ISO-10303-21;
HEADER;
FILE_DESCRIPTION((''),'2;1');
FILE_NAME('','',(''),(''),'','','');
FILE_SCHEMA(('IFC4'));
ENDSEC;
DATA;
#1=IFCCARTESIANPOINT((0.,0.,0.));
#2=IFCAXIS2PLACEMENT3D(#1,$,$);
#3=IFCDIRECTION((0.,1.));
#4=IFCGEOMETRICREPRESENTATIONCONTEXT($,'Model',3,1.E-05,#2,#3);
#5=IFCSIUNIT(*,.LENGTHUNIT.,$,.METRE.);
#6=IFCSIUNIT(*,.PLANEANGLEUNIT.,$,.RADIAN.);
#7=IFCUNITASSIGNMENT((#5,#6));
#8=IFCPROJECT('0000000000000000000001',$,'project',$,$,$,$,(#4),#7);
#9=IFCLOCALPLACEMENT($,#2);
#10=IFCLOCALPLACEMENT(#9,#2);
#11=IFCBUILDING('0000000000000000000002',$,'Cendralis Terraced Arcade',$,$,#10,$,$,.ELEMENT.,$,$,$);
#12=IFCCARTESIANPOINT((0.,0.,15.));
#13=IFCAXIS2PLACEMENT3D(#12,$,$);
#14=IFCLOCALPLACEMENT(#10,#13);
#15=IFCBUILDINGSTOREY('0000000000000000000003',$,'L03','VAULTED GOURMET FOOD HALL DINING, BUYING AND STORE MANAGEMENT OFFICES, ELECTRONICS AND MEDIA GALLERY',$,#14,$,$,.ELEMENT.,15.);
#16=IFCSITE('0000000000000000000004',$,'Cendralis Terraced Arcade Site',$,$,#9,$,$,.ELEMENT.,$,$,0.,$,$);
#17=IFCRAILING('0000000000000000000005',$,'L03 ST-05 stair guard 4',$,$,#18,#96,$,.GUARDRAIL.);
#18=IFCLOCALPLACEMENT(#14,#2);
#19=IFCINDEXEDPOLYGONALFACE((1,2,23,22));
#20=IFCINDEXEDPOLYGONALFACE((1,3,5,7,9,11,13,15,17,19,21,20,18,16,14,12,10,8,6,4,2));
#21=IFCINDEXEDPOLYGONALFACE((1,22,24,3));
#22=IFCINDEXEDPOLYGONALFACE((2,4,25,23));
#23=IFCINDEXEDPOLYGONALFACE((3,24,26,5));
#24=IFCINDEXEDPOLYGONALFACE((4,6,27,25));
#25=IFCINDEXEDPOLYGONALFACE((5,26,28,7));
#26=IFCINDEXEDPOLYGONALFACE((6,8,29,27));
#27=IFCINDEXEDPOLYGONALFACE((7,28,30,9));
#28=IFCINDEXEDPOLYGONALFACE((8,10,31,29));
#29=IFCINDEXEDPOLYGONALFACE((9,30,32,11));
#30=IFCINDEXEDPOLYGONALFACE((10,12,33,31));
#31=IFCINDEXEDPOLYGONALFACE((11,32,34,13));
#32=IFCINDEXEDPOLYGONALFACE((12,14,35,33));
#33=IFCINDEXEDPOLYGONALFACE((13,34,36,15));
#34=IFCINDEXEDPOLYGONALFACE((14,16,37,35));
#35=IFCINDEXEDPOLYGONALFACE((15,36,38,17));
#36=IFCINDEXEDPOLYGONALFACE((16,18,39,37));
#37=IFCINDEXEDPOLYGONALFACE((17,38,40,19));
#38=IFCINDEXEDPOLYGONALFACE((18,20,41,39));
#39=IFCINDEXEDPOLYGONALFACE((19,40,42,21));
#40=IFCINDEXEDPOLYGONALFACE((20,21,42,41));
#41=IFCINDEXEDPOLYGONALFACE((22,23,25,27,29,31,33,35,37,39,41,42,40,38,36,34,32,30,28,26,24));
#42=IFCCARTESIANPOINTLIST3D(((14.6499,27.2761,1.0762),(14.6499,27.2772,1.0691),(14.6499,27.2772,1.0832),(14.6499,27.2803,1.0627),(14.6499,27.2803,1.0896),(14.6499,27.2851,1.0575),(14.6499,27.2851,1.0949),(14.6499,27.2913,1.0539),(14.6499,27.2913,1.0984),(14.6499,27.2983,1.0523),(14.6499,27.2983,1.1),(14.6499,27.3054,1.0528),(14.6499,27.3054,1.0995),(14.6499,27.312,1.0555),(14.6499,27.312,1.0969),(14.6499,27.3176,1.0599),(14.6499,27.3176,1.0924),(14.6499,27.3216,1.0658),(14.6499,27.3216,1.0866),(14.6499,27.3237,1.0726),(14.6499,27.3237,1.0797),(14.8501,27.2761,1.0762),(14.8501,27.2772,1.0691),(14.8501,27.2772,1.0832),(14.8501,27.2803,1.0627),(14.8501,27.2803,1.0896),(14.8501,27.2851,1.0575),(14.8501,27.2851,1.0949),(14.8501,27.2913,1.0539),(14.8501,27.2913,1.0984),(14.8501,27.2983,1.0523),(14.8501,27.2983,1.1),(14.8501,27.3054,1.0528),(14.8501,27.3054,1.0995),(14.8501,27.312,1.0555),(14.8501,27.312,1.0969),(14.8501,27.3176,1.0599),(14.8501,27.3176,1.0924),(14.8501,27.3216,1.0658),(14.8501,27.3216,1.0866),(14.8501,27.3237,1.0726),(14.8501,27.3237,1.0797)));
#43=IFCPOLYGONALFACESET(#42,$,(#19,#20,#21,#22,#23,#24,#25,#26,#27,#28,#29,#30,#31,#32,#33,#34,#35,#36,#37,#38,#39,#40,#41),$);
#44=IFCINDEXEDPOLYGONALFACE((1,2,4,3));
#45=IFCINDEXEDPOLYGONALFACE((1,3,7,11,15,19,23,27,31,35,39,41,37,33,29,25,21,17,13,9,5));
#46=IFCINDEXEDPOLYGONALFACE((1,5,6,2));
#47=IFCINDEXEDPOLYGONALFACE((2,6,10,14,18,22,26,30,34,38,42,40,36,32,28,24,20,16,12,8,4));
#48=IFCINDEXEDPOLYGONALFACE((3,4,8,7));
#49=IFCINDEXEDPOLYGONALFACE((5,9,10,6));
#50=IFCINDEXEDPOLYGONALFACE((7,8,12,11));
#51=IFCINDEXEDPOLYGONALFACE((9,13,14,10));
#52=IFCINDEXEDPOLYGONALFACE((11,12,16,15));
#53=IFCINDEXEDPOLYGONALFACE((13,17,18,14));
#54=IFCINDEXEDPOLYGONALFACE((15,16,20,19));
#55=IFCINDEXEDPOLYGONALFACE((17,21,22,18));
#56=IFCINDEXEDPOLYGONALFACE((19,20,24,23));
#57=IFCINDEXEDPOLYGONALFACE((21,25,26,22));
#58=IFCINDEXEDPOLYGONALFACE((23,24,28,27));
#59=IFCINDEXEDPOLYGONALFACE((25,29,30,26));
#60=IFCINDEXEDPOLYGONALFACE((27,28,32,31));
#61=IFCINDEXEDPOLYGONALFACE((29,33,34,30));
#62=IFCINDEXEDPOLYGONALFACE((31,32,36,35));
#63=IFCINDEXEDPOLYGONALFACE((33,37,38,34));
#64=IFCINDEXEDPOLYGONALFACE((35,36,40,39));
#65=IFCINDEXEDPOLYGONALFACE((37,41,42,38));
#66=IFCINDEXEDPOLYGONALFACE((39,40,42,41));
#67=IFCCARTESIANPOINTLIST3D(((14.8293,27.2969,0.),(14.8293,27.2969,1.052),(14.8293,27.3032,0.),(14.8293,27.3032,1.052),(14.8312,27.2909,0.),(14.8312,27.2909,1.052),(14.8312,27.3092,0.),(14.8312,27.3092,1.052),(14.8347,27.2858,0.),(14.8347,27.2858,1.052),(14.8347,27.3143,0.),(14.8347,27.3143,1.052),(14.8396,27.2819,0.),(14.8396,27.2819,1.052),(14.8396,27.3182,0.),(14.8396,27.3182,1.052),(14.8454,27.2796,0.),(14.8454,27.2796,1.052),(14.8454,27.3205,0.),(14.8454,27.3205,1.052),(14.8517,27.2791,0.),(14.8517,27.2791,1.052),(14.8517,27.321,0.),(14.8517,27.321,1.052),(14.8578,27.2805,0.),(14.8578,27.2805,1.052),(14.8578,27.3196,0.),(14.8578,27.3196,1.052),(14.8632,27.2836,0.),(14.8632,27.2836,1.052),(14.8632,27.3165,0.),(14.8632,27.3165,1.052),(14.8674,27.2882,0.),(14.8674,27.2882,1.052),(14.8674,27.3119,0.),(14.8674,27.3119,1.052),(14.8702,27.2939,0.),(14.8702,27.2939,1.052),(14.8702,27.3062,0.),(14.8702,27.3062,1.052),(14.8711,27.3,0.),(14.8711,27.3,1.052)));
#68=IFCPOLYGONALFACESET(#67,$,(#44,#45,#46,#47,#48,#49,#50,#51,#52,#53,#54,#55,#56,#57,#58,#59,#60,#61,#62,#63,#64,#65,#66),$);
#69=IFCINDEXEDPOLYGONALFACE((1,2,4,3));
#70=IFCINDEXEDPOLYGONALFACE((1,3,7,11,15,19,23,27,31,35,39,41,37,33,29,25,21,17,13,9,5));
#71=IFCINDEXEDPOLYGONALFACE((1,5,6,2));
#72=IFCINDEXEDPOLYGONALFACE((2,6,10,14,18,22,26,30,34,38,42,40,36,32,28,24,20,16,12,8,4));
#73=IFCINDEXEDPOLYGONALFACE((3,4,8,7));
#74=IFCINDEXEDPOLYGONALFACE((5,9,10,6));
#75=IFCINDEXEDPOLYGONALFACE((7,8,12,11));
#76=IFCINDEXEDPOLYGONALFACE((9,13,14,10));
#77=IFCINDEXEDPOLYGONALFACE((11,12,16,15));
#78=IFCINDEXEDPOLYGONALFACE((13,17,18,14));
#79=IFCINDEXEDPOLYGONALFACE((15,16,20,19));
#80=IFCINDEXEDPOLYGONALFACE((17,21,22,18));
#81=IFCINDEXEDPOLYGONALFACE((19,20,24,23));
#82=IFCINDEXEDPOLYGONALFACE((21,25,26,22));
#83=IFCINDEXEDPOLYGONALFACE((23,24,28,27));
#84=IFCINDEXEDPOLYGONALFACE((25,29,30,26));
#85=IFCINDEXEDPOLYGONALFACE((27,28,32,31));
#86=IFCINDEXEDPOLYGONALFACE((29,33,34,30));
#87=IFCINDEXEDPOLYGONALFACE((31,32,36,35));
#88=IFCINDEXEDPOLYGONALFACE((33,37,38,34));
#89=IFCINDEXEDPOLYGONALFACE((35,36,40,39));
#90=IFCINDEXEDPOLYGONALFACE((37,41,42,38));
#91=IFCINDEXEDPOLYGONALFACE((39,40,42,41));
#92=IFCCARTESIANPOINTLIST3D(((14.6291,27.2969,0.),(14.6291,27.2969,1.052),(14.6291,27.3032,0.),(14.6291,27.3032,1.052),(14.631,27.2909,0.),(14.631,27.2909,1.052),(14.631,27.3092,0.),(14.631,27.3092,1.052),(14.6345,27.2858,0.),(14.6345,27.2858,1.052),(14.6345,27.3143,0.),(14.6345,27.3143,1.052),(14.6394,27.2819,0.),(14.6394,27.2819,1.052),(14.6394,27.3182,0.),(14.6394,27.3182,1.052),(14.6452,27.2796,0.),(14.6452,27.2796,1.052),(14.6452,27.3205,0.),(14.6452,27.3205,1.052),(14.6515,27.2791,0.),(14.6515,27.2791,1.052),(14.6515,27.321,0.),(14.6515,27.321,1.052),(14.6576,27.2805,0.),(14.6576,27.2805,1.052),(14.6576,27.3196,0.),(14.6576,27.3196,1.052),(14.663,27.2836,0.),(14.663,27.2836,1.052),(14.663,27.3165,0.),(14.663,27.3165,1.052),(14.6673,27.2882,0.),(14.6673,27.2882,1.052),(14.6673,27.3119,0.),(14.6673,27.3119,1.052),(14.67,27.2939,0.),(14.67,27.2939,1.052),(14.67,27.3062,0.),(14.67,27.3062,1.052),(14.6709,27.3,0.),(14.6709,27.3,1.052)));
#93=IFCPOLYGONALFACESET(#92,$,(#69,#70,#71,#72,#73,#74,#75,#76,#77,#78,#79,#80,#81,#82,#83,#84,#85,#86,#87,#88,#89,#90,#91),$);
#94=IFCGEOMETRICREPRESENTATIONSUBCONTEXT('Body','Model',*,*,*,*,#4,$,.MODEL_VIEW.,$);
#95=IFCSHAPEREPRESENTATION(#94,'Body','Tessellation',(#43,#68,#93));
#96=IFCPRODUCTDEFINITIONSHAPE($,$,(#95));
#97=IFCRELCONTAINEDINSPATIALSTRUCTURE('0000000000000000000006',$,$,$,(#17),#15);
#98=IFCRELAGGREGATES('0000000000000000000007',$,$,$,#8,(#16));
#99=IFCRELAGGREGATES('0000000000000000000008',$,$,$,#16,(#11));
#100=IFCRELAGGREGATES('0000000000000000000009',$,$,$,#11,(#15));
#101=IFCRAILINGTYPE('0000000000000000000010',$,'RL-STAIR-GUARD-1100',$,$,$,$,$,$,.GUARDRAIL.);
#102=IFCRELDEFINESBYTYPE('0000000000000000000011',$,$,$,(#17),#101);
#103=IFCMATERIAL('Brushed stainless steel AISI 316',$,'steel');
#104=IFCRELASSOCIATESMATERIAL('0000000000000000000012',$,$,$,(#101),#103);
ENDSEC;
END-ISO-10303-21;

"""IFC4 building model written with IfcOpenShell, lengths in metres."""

from ifc_helpers import new_model, si_unit, direction, frame, origin, origin_2d, place, context, subcontext, project, spatial, circle, extrude, material, type_object, element, save


model = new_model("IFC4")

# Units and contexts
model_context = context("Model", 3, precision=1e-05, world=origin(), true_north=direction((0.0, 1.0)))
body_context = subcontext(model_context, "Body", "Model", "MODEL_VIEW")
ifc_project = project(units=[si_unit("LENGTHUNIT", "METRE"), si_unit("PLANEANGLEUNIT", "RADIAN")], contexts=[model_context])

# Site, building, storey
site_placement = place(None, origin())
site = spatial("IfcSite", under=ifc_project, at=site_placement, Name="Cendralis Terraced Arcade Site", CompositionType="ELEMENT", RefElevation=0.0)
building_placement = place(site_placement, origin())
building = spatial("IfcBuilding", under=site, at=building_placement, Name="Cendralis Terraced Arcade", CompositionType="ELEMENT")
storey_placement = place(building_placement, frame((0.0, 0.0, 15.0)))
storey = spatial("IfcBuildingStorey", under=building, at=storey_placement, Name="L03", Description="VAULTED GOURMET FOOD HALL DINING, BUYING AND STORE MANAGEMENT OFFICES, ELECTRONICS AND MEDIA GALLERY", CompositionType="ELEMENT", Elevation=15.0)

# Railing
ifc_material_1 = material(Name="Brushed stainless steel AISI 316", Category="steel")
railing_type_1 = type_object("IfcRailingType", Name="RL-STAIR-GUARD-1100", PredefinedType="GUARDRAIL", material=ifc_material_1)
railing_1_placement = place(storey_placement, frame((14.8501, 27.3, 0.0)))
element("IfcRailing", 1, at=railing_1_placement, inside=storey, type_object=railing_type_1, Name="L03 ST-05 stair guard 4", PredefinedType="GUARDRAIL", context=body_context, shape_type="SweptSolid", body=[
    extrude(circle(Radius=0.0239, at=origin_2d()), frame((0.0, 0.0, 1.0762), z_axis=(-1.0, 0.0, 0.0), x_axis=(0.0, -1.0, 0.0)), (0.0, 0.0, 1.0), 0.2002),
    extrude(circle(Radius=0.021, at=origin_2d()), origin(), (0.0, 0.0, 1.0), 1.052),
    extrude(circle(Radius=0.021, at=origin_2d()), frame((-0.2002, 0.0, 0.0)), (0.0, 0.0, 1.0), 1.052),
])

save(model, "model.ifc")
